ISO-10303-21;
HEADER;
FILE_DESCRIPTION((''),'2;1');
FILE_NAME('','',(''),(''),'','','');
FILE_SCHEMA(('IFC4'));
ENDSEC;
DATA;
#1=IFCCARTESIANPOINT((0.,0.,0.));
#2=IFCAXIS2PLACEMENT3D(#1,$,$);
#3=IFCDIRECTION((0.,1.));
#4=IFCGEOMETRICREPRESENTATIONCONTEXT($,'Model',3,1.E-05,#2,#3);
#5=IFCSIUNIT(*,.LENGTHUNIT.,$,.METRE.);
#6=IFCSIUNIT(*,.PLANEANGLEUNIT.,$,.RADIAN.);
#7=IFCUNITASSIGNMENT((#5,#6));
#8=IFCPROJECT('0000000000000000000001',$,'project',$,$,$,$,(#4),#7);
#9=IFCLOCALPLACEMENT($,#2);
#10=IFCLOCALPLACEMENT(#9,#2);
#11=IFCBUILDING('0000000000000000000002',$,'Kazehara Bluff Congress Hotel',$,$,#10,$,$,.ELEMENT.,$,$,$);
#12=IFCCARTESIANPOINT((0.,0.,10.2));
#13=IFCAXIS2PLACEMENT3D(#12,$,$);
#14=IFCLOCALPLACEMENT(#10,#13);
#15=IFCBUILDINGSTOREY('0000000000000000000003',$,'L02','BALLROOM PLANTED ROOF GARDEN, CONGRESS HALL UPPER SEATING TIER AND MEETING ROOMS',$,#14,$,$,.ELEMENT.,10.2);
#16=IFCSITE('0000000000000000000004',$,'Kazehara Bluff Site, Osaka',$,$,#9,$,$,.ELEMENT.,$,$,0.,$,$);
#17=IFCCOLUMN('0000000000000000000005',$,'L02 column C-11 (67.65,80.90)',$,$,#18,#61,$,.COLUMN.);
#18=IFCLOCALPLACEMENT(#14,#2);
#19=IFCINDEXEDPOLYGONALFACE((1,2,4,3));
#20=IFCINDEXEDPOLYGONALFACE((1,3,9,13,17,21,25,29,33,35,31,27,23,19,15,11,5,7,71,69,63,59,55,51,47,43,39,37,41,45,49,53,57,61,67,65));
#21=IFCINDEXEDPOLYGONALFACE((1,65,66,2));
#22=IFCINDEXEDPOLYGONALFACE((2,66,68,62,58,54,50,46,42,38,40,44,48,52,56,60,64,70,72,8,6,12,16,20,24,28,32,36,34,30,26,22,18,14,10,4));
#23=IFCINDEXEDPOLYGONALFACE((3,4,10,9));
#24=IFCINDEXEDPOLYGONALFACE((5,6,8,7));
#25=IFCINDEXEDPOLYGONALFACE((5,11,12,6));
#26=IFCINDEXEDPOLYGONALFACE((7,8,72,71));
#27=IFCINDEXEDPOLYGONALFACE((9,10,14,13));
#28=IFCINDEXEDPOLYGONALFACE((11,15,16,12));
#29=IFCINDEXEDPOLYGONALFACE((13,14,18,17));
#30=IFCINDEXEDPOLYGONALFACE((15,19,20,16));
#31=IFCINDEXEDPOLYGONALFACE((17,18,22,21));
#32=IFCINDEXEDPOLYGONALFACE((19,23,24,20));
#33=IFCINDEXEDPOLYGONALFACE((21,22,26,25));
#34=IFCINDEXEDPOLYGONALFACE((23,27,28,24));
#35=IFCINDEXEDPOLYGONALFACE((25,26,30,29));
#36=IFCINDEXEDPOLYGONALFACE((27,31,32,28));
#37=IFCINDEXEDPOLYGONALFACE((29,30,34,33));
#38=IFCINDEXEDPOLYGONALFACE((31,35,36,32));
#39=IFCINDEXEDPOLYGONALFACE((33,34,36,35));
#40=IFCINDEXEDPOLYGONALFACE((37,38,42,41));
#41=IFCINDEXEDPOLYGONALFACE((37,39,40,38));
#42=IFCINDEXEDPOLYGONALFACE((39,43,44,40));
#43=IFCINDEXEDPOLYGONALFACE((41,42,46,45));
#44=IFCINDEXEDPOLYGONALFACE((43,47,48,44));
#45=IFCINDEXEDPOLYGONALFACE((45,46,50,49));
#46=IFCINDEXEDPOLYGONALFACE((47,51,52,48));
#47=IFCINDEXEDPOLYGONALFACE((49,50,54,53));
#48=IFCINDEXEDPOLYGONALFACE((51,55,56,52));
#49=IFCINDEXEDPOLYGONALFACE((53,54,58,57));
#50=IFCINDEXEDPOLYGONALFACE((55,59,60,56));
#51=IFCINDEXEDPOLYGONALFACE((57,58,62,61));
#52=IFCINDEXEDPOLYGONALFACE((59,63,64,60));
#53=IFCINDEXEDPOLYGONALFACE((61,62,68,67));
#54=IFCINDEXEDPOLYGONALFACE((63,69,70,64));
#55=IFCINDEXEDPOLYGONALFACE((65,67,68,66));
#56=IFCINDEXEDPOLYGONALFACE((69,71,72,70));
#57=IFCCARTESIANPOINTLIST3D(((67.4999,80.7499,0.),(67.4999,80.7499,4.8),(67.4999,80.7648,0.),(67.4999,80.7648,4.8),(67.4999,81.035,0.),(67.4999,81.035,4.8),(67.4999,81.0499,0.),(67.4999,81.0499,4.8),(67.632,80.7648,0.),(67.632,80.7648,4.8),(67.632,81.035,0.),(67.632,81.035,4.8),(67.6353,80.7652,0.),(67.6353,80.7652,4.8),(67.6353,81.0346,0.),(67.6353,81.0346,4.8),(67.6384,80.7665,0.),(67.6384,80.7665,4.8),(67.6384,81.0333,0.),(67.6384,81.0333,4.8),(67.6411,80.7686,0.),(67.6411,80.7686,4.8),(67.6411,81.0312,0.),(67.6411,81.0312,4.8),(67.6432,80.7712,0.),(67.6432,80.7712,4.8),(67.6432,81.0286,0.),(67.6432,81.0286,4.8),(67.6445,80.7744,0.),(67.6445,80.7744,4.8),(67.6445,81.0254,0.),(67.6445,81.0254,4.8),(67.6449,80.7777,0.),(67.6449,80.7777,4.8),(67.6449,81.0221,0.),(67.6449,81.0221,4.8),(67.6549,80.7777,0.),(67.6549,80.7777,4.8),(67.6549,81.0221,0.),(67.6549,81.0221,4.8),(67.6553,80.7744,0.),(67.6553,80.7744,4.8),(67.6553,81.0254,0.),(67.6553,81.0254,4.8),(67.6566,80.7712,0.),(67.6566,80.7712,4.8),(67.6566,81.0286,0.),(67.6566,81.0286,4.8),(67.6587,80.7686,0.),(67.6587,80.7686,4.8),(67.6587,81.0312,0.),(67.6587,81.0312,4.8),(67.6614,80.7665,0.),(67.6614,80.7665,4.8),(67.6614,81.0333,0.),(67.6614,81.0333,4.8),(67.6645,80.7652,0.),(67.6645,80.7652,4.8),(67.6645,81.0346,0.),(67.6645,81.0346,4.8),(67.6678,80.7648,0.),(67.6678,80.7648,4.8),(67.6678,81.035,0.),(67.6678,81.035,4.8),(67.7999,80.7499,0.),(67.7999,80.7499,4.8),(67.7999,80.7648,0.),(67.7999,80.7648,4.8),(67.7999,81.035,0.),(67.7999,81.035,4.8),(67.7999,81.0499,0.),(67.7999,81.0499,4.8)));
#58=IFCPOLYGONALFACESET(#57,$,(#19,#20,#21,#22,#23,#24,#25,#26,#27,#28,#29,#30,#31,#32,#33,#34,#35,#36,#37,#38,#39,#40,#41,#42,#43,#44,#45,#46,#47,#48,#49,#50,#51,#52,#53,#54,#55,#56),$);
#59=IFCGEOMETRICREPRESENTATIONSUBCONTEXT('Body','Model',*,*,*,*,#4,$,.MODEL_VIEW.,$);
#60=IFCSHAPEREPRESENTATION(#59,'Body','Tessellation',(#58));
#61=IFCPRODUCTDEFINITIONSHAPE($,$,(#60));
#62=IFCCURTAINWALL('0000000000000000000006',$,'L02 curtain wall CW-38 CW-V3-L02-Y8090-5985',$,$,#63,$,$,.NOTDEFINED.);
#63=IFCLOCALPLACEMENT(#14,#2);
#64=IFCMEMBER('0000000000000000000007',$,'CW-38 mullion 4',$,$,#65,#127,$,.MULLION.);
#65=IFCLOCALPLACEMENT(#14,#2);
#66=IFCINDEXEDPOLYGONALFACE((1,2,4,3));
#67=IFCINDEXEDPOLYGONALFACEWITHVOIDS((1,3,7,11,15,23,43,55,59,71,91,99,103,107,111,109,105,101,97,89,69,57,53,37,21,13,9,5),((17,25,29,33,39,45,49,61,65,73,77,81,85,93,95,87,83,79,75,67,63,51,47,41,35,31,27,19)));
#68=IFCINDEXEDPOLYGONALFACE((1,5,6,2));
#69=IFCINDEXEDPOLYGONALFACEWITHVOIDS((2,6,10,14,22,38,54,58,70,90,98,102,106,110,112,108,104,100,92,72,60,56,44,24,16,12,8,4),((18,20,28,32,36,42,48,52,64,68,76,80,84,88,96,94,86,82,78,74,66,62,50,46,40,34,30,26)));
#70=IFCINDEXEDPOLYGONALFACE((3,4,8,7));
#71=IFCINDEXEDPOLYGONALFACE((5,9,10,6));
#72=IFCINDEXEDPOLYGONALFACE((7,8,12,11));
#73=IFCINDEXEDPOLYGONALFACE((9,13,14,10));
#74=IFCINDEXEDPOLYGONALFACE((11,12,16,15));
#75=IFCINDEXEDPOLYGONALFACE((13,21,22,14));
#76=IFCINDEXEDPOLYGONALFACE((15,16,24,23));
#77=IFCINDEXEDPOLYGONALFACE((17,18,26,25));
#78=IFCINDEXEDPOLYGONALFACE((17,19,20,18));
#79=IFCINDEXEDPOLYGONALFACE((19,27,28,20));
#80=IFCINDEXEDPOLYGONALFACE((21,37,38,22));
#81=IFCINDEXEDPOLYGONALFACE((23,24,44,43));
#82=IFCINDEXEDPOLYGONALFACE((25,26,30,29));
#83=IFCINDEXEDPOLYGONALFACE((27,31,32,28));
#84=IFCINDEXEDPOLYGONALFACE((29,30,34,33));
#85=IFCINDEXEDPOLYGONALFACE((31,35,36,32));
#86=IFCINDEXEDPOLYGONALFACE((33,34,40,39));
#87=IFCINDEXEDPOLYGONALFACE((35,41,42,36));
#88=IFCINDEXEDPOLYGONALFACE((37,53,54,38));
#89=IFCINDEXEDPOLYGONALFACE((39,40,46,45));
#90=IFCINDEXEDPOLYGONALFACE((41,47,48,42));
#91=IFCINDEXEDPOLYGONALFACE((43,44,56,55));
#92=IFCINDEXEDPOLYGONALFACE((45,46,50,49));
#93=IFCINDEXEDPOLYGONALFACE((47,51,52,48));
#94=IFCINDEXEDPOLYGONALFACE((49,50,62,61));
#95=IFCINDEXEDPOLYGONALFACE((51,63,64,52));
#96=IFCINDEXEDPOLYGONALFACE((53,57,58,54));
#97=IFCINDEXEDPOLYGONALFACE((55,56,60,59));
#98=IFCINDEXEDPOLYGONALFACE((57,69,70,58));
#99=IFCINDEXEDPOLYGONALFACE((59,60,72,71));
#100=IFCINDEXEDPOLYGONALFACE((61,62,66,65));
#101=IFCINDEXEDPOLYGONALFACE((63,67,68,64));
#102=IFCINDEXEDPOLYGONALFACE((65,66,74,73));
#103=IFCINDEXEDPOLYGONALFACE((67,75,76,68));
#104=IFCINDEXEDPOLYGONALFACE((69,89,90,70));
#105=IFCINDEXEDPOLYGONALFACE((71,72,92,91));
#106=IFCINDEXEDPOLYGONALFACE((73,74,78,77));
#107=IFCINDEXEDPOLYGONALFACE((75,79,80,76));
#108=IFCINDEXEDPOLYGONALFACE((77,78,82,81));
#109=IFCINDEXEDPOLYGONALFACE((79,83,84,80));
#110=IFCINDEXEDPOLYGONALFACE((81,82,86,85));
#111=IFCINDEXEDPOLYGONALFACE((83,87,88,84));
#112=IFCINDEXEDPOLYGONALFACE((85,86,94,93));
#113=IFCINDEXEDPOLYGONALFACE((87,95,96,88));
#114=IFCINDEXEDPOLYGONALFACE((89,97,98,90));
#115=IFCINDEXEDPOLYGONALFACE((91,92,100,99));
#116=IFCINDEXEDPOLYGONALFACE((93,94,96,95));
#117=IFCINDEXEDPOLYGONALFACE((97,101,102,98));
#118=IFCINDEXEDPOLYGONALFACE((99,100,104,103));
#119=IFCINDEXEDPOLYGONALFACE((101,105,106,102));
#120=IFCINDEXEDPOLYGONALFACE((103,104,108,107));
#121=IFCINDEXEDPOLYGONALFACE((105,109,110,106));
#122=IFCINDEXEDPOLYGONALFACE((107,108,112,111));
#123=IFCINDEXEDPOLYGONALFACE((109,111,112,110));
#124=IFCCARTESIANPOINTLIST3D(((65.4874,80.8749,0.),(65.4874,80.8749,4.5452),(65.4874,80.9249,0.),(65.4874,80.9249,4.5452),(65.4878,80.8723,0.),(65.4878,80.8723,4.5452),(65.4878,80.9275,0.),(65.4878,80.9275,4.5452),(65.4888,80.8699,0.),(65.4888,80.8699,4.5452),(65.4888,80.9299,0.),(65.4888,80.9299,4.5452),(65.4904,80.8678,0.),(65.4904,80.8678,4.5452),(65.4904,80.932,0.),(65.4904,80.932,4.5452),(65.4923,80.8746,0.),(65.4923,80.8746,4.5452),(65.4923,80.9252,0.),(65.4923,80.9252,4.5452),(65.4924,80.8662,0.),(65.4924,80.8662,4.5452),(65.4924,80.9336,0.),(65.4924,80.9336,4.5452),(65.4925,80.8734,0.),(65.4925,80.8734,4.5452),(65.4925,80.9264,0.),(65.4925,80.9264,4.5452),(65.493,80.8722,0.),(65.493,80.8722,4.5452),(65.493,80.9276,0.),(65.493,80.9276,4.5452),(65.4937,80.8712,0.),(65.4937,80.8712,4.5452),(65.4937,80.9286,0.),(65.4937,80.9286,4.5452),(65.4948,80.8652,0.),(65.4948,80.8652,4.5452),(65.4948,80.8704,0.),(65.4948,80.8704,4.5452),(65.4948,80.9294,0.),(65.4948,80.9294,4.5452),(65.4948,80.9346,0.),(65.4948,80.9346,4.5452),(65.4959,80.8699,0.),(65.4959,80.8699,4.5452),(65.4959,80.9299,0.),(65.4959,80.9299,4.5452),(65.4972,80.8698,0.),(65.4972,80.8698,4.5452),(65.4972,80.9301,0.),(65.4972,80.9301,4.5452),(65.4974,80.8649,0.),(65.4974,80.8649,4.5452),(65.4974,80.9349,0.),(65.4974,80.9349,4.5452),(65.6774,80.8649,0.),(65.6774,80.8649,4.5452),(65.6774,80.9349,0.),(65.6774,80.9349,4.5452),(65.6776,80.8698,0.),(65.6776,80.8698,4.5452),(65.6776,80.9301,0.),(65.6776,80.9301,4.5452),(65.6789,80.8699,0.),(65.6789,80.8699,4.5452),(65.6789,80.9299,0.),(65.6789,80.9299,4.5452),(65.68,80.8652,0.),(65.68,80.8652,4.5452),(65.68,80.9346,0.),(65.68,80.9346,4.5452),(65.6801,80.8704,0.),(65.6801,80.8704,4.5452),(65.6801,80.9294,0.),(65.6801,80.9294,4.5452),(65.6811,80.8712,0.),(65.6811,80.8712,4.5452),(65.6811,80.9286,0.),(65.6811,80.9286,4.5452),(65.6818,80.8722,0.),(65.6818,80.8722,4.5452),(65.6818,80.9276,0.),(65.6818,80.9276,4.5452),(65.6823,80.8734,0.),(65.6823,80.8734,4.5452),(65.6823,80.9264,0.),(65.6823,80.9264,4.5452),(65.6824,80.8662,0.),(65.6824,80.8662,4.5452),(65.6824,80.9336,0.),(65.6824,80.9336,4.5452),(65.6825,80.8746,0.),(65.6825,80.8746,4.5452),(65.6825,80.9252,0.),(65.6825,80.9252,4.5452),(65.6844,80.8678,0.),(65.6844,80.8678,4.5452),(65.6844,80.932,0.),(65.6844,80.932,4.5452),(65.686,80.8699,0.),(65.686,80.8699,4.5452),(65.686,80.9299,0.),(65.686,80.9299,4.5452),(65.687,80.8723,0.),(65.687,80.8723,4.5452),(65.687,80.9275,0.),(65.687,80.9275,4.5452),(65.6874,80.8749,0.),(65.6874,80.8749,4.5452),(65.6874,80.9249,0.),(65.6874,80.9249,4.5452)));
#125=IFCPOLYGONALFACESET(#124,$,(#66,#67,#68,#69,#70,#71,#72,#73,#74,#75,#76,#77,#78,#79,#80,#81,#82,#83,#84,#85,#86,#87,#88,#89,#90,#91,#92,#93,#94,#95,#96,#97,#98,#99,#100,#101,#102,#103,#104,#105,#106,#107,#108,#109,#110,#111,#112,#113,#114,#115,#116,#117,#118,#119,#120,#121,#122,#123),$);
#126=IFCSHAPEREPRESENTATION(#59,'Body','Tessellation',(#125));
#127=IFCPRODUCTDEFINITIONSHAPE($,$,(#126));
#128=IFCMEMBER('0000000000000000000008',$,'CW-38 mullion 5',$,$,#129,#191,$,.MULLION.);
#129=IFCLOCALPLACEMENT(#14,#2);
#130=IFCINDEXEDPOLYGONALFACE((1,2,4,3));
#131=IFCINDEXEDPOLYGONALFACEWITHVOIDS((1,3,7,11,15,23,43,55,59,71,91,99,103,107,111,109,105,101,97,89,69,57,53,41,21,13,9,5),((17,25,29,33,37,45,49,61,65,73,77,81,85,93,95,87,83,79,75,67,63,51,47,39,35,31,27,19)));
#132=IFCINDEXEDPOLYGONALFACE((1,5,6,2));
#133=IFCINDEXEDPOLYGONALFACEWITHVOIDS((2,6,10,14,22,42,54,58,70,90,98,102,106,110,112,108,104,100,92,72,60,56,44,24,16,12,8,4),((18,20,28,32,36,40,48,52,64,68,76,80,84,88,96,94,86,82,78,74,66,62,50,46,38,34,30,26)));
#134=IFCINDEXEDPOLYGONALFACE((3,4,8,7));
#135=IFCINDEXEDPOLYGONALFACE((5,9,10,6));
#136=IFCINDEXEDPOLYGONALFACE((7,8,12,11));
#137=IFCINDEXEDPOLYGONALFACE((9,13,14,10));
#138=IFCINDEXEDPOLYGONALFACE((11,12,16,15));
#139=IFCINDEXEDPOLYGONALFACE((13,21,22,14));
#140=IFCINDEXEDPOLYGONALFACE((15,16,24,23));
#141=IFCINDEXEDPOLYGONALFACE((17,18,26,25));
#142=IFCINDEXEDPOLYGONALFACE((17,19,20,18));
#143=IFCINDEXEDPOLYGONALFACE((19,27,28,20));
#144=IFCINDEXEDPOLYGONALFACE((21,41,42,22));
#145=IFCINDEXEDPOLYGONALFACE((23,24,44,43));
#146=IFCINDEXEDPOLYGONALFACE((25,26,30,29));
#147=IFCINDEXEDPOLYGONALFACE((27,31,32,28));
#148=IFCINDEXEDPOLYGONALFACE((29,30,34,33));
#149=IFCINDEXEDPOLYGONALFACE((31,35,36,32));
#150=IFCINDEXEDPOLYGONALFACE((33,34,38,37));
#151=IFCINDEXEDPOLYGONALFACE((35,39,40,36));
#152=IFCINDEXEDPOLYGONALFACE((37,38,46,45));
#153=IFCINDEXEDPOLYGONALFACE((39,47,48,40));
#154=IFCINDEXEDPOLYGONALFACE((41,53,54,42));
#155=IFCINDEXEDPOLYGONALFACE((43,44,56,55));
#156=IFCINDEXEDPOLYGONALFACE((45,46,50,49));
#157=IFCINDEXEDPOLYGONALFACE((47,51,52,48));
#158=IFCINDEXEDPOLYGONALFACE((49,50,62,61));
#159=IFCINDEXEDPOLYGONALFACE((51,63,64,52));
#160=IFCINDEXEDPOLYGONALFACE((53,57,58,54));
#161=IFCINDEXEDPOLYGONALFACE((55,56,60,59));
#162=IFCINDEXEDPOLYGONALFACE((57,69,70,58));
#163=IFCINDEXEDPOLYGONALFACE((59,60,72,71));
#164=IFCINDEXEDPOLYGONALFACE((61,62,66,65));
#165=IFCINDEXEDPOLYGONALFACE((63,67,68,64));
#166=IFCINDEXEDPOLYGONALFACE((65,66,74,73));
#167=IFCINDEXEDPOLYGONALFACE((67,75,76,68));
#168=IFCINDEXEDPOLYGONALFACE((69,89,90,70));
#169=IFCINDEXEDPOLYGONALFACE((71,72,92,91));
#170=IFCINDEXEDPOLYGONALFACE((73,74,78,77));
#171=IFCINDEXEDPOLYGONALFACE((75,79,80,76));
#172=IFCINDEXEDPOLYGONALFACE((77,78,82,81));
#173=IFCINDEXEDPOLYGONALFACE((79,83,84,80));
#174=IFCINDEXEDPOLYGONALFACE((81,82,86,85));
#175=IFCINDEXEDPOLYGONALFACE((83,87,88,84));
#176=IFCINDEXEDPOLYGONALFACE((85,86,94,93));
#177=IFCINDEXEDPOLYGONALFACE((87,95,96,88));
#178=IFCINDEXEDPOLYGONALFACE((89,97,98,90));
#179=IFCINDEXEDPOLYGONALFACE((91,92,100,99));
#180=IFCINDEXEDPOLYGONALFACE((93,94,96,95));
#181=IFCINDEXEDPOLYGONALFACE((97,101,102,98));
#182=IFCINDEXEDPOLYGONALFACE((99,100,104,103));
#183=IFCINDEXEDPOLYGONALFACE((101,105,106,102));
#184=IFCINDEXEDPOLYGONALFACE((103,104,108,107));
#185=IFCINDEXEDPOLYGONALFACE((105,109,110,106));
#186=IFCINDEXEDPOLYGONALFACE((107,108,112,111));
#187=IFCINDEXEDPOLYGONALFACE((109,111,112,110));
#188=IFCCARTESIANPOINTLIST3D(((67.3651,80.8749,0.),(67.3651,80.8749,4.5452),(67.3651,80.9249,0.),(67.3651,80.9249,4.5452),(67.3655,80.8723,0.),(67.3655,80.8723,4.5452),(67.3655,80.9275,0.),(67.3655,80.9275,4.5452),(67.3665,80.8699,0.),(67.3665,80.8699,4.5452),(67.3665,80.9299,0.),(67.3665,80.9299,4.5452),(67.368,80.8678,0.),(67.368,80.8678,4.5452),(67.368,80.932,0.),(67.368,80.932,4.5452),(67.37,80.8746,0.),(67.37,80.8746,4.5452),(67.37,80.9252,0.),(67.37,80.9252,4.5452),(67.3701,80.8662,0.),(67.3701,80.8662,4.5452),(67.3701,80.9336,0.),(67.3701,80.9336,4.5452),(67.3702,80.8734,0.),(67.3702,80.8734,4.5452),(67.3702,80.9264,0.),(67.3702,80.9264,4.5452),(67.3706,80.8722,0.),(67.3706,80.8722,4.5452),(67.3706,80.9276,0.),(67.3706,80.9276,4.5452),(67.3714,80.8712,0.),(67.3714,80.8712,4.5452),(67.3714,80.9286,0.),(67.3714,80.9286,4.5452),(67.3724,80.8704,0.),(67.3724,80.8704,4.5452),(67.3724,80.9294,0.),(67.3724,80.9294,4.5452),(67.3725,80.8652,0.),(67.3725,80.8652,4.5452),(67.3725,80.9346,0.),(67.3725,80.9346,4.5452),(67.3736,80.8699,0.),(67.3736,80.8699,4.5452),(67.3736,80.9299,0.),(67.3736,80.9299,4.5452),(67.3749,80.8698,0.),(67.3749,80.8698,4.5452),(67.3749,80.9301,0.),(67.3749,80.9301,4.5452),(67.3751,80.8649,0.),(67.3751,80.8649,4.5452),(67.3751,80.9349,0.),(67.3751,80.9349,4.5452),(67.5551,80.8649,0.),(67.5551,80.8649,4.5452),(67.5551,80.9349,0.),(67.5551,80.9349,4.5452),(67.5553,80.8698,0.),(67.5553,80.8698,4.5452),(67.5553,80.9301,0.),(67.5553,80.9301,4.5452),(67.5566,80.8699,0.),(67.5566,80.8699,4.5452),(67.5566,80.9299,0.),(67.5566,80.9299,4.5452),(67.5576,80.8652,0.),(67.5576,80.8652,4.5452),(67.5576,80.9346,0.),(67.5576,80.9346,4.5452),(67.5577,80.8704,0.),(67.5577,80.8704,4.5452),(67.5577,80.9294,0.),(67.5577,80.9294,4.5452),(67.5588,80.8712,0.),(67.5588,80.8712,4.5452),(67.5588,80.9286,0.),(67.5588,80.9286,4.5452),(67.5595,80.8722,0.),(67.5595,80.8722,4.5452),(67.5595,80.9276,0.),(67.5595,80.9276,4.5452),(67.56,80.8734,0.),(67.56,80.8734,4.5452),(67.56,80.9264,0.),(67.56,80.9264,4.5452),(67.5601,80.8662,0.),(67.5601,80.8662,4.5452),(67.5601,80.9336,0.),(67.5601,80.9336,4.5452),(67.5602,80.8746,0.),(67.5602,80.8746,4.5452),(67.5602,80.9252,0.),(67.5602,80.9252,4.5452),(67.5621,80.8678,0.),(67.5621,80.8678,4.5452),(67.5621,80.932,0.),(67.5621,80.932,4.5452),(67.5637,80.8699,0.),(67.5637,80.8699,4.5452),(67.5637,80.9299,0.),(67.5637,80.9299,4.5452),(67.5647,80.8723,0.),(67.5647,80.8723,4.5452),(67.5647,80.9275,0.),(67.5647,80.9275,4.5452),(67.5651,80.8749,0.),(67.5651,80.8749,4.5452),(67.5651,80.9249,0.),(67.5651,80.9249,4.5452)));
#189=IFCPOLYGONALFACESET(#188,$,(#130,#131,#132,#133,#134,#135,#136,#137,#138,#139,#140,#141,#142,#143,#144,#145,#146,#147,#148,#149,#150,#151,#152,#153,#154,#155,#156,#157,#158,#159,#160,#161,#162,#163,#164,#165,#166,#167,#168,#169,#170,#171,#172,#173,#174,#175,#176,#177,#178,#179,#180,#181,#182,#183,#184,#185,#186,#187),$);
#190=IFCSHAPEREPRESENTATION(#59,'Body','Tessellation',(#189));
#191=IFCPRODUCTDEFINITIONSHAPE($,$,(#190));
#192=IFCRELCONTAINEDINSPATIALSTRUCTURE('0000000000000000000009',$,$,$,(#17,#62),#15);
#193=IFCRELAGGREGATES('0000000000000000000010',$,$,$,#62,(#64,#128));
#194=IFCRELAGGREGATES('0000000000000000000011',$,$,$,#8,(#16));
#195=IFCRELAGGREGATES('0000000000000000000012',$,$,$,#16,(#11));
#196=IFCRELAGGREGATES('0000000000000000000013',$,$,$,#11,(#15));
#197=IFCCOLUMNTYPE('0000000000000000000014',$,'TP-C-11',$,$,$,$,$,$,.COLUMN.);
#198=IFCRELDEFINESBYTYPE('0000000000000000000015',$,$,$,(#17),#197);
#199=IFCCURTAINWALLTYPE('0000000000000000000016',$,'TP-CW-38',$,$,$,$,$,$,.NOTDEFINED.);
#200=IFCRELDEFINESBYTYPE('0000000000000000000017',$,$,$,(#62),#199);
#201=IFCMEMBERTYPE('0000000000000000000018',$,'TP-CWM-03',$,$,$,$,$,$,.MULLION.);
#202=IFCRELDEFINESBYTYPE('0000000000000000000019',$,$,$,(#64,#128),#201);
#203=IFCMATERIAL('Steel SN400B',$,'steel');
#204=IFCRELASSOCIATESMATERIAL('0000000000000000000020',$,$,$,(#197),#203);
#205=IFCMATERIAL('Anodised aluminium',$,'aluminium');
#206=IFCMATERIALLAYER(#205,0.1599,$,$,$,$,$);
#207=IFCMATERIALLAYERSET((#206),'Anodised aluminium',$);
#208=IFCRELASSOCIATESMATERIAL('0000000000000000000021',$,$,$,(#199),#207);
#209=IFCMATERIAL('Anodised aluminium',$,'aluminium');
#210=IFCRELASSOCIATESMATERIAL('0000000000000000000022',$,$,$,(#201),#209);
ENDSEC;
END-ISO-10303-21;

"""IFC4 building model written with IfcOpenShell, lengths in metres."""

from ifc_helpers import new_model, si_unit, direction, frame, origin, origin_2d, place, context, subcontext, project, spatial, hollow_rectangle, i_section, extrude, material, layer, layer_set, material_profile, profile_set, type_object, element, aggregate, save


model = new_model("IFC4")

# Units and contexts
model_context = context("Model", 3, precision=1e-05, world=origin(), true_north=direction((0.0, 1.0)))
body_context = subcontext(model_context, "Body", "Model", "MODEL_VIEW")
ifc_project = project(units=[si_unit("LENGTHUNIT", "METRE"), si_unit("PLANEANGLEUNIT", "RADIAN")], contexts=[model_context])

# Site, building, storey
site_placement = place(None, origin())
site = spatial("IfcSite", under=ifc_project, at=site_placement, Name="Kazehara Bluff Site, Osaka", CompositionType="ELEMENT", RefElevation=0.0)
building_placement = place(site_placement, origin())
building = spatial("IfcBuilding", under=site, at=building_placement, Name="Kazehara Bluff Congress Hotel", CompositionType="ELEMENT")
storey_placement = place(building_placement, frame((0.0, 0.0, 10.2)))
storey = spatial("IfcBuildingStorey", under=building, at=storey_placement, Name="L02", Description="BALLROOM PLANTED ROOF GARDEN, CONGRESS HALL UPPER SEATING TIER AND MEETING ROOMS", CompositionType="ELEMENT", Elevation=10.2)

# Column
ifc_material_1 = material(Name="Steel SN400B", Category="steel")
ifc_material_profile_1 = material_profile(ifc_material_1, i_section(OverallWidth=0.3, OverallDepth=0.3, WebThickness=0.01, FlangeThickness=0.0149, FilletRadius=0.0129, at=origin_2d()))
ifc_profile_set_1 = profile_set([ifc_material_profile_1], Name="Steel SN400B")
column_type = type_object("IfcColumnType", Name="TP-C-11", PredefinedType="COLUMN", material=ifc_profile_set_1)
column_placement = place(storey_placement, frame((67.6499, 80.8999, 0.0), z_axis=(0.0, 0.0, 1.0), x_axis=(1.0, 0.0, 0.0)))
element("IfcColumn", 1, at=column_placement, inside=storey, type_object=column_type, Name="L02 column C-11 (67.65,80.90)", PredefinedType="COLUMN", context=body_context, shape_type="SweptSolid", body=[
    extrude(i_section(OverallWidth=0.3, OverallDepth=0.3, WebThickness=0.01, FlangeThickness=0.0149, FilletRadius=0.0129, at=origin_2d()), origin(), (0.0, 0.0, 1.0), 4.8),
])

# Curtain wall, members
ifc_material_2 = material(Name="Anodised aluminium", Category="aluminium")
ifc_layer_1 = layer(ifc_material_2, 0.1599)
ifc_layer_set_1 = layer_set([ifc_layer_1], Name="Anodised aluminium")
curtain_wall_type_1 = type_object("IfcCurtainWallType", Name="TP-CW-38", PredefinedType="NOTDEFINED", material=ifc_layer_set_1)
curtain_wall_1_placement = place(storey_placement, origin())
curtain_wall_1 = element("IfcCurtainWall", 2, at=curtain_wall_1_placement, inside=storey, type_object=curtain_wall_type_1, Name="L02 curtain wall CW-38 CW-V3-L02-Y8090-5985", PredefinedType="NOTDEFINED")
ifc_material_3 = material(Name="Anodised aluminium", Category="aluminium")
ifc_material_profile_2 = material_profile(ifc_material_3, hollow_rectangle(XDim=0.0701, YDim=0.2, WallThickness=0.0049, InnerFilletRadius=0.0049, OuterFilletRadius=0.01, at=origin_2d()))
ifc_profile_set_2 = profile_set([ifc_material_profile_2], Name="Anodised aluminium")
member_type_1 = type_object("IfcMemberType", Name="TP-CWM-03", PredefinedType="MULLION", material=ifc_profile_set_2)
member_1_placement = place(storey_placement, frame((65.5874, 80.8999, 0.0), z_axis=(0.0, 0.0, 1.0), x_axis=(0.0, 1.0, 0.0)))
member_1 = element("IfcMember", 3, at=member_1_placement, type_object=member_type_1, Name="CW-38 mullion 4", PredefinedType="MULLION", context=body_context, shape_type="SweptSolid", body=[
    extrude(hollow_rectangle(XDim=0.0701, YDim=0.2, WallThickness=0.0049, InnerFilletRadius=0.0049, OuterFilletRadius=0.01, at=origin_2d()), origin(), (0.0, 0.0, 1.0), 4.5452),
])
member_2_placement = place(storey_placement, frame((67.4651, 80.8999, 0.0), z_axis=(0.0, 0.0, 1.0), x_axis=(0.0, 1.0, 0.0)))
member_2 = element("IfcMember", 4, at=member_2_placement, type_object=member_type_1, Name="CW-38 mullion 5", PredefinedType="MULLION", context=body_context, shape_type="SweptSolid", body=[
    extrude(hollow_rectangle(XDim=0.0701, YDim=0.2, WallThickness=0.0049, InnerFilletRadius=0.0049, OuterFilletRadius=0.01, at=origin_2d()), origin(), (0.0, 0.0, 1.0), 4.5452),
])

aggregate(curtain_wall_1, [member_1, member_2])

save(model, "model.ifc")
